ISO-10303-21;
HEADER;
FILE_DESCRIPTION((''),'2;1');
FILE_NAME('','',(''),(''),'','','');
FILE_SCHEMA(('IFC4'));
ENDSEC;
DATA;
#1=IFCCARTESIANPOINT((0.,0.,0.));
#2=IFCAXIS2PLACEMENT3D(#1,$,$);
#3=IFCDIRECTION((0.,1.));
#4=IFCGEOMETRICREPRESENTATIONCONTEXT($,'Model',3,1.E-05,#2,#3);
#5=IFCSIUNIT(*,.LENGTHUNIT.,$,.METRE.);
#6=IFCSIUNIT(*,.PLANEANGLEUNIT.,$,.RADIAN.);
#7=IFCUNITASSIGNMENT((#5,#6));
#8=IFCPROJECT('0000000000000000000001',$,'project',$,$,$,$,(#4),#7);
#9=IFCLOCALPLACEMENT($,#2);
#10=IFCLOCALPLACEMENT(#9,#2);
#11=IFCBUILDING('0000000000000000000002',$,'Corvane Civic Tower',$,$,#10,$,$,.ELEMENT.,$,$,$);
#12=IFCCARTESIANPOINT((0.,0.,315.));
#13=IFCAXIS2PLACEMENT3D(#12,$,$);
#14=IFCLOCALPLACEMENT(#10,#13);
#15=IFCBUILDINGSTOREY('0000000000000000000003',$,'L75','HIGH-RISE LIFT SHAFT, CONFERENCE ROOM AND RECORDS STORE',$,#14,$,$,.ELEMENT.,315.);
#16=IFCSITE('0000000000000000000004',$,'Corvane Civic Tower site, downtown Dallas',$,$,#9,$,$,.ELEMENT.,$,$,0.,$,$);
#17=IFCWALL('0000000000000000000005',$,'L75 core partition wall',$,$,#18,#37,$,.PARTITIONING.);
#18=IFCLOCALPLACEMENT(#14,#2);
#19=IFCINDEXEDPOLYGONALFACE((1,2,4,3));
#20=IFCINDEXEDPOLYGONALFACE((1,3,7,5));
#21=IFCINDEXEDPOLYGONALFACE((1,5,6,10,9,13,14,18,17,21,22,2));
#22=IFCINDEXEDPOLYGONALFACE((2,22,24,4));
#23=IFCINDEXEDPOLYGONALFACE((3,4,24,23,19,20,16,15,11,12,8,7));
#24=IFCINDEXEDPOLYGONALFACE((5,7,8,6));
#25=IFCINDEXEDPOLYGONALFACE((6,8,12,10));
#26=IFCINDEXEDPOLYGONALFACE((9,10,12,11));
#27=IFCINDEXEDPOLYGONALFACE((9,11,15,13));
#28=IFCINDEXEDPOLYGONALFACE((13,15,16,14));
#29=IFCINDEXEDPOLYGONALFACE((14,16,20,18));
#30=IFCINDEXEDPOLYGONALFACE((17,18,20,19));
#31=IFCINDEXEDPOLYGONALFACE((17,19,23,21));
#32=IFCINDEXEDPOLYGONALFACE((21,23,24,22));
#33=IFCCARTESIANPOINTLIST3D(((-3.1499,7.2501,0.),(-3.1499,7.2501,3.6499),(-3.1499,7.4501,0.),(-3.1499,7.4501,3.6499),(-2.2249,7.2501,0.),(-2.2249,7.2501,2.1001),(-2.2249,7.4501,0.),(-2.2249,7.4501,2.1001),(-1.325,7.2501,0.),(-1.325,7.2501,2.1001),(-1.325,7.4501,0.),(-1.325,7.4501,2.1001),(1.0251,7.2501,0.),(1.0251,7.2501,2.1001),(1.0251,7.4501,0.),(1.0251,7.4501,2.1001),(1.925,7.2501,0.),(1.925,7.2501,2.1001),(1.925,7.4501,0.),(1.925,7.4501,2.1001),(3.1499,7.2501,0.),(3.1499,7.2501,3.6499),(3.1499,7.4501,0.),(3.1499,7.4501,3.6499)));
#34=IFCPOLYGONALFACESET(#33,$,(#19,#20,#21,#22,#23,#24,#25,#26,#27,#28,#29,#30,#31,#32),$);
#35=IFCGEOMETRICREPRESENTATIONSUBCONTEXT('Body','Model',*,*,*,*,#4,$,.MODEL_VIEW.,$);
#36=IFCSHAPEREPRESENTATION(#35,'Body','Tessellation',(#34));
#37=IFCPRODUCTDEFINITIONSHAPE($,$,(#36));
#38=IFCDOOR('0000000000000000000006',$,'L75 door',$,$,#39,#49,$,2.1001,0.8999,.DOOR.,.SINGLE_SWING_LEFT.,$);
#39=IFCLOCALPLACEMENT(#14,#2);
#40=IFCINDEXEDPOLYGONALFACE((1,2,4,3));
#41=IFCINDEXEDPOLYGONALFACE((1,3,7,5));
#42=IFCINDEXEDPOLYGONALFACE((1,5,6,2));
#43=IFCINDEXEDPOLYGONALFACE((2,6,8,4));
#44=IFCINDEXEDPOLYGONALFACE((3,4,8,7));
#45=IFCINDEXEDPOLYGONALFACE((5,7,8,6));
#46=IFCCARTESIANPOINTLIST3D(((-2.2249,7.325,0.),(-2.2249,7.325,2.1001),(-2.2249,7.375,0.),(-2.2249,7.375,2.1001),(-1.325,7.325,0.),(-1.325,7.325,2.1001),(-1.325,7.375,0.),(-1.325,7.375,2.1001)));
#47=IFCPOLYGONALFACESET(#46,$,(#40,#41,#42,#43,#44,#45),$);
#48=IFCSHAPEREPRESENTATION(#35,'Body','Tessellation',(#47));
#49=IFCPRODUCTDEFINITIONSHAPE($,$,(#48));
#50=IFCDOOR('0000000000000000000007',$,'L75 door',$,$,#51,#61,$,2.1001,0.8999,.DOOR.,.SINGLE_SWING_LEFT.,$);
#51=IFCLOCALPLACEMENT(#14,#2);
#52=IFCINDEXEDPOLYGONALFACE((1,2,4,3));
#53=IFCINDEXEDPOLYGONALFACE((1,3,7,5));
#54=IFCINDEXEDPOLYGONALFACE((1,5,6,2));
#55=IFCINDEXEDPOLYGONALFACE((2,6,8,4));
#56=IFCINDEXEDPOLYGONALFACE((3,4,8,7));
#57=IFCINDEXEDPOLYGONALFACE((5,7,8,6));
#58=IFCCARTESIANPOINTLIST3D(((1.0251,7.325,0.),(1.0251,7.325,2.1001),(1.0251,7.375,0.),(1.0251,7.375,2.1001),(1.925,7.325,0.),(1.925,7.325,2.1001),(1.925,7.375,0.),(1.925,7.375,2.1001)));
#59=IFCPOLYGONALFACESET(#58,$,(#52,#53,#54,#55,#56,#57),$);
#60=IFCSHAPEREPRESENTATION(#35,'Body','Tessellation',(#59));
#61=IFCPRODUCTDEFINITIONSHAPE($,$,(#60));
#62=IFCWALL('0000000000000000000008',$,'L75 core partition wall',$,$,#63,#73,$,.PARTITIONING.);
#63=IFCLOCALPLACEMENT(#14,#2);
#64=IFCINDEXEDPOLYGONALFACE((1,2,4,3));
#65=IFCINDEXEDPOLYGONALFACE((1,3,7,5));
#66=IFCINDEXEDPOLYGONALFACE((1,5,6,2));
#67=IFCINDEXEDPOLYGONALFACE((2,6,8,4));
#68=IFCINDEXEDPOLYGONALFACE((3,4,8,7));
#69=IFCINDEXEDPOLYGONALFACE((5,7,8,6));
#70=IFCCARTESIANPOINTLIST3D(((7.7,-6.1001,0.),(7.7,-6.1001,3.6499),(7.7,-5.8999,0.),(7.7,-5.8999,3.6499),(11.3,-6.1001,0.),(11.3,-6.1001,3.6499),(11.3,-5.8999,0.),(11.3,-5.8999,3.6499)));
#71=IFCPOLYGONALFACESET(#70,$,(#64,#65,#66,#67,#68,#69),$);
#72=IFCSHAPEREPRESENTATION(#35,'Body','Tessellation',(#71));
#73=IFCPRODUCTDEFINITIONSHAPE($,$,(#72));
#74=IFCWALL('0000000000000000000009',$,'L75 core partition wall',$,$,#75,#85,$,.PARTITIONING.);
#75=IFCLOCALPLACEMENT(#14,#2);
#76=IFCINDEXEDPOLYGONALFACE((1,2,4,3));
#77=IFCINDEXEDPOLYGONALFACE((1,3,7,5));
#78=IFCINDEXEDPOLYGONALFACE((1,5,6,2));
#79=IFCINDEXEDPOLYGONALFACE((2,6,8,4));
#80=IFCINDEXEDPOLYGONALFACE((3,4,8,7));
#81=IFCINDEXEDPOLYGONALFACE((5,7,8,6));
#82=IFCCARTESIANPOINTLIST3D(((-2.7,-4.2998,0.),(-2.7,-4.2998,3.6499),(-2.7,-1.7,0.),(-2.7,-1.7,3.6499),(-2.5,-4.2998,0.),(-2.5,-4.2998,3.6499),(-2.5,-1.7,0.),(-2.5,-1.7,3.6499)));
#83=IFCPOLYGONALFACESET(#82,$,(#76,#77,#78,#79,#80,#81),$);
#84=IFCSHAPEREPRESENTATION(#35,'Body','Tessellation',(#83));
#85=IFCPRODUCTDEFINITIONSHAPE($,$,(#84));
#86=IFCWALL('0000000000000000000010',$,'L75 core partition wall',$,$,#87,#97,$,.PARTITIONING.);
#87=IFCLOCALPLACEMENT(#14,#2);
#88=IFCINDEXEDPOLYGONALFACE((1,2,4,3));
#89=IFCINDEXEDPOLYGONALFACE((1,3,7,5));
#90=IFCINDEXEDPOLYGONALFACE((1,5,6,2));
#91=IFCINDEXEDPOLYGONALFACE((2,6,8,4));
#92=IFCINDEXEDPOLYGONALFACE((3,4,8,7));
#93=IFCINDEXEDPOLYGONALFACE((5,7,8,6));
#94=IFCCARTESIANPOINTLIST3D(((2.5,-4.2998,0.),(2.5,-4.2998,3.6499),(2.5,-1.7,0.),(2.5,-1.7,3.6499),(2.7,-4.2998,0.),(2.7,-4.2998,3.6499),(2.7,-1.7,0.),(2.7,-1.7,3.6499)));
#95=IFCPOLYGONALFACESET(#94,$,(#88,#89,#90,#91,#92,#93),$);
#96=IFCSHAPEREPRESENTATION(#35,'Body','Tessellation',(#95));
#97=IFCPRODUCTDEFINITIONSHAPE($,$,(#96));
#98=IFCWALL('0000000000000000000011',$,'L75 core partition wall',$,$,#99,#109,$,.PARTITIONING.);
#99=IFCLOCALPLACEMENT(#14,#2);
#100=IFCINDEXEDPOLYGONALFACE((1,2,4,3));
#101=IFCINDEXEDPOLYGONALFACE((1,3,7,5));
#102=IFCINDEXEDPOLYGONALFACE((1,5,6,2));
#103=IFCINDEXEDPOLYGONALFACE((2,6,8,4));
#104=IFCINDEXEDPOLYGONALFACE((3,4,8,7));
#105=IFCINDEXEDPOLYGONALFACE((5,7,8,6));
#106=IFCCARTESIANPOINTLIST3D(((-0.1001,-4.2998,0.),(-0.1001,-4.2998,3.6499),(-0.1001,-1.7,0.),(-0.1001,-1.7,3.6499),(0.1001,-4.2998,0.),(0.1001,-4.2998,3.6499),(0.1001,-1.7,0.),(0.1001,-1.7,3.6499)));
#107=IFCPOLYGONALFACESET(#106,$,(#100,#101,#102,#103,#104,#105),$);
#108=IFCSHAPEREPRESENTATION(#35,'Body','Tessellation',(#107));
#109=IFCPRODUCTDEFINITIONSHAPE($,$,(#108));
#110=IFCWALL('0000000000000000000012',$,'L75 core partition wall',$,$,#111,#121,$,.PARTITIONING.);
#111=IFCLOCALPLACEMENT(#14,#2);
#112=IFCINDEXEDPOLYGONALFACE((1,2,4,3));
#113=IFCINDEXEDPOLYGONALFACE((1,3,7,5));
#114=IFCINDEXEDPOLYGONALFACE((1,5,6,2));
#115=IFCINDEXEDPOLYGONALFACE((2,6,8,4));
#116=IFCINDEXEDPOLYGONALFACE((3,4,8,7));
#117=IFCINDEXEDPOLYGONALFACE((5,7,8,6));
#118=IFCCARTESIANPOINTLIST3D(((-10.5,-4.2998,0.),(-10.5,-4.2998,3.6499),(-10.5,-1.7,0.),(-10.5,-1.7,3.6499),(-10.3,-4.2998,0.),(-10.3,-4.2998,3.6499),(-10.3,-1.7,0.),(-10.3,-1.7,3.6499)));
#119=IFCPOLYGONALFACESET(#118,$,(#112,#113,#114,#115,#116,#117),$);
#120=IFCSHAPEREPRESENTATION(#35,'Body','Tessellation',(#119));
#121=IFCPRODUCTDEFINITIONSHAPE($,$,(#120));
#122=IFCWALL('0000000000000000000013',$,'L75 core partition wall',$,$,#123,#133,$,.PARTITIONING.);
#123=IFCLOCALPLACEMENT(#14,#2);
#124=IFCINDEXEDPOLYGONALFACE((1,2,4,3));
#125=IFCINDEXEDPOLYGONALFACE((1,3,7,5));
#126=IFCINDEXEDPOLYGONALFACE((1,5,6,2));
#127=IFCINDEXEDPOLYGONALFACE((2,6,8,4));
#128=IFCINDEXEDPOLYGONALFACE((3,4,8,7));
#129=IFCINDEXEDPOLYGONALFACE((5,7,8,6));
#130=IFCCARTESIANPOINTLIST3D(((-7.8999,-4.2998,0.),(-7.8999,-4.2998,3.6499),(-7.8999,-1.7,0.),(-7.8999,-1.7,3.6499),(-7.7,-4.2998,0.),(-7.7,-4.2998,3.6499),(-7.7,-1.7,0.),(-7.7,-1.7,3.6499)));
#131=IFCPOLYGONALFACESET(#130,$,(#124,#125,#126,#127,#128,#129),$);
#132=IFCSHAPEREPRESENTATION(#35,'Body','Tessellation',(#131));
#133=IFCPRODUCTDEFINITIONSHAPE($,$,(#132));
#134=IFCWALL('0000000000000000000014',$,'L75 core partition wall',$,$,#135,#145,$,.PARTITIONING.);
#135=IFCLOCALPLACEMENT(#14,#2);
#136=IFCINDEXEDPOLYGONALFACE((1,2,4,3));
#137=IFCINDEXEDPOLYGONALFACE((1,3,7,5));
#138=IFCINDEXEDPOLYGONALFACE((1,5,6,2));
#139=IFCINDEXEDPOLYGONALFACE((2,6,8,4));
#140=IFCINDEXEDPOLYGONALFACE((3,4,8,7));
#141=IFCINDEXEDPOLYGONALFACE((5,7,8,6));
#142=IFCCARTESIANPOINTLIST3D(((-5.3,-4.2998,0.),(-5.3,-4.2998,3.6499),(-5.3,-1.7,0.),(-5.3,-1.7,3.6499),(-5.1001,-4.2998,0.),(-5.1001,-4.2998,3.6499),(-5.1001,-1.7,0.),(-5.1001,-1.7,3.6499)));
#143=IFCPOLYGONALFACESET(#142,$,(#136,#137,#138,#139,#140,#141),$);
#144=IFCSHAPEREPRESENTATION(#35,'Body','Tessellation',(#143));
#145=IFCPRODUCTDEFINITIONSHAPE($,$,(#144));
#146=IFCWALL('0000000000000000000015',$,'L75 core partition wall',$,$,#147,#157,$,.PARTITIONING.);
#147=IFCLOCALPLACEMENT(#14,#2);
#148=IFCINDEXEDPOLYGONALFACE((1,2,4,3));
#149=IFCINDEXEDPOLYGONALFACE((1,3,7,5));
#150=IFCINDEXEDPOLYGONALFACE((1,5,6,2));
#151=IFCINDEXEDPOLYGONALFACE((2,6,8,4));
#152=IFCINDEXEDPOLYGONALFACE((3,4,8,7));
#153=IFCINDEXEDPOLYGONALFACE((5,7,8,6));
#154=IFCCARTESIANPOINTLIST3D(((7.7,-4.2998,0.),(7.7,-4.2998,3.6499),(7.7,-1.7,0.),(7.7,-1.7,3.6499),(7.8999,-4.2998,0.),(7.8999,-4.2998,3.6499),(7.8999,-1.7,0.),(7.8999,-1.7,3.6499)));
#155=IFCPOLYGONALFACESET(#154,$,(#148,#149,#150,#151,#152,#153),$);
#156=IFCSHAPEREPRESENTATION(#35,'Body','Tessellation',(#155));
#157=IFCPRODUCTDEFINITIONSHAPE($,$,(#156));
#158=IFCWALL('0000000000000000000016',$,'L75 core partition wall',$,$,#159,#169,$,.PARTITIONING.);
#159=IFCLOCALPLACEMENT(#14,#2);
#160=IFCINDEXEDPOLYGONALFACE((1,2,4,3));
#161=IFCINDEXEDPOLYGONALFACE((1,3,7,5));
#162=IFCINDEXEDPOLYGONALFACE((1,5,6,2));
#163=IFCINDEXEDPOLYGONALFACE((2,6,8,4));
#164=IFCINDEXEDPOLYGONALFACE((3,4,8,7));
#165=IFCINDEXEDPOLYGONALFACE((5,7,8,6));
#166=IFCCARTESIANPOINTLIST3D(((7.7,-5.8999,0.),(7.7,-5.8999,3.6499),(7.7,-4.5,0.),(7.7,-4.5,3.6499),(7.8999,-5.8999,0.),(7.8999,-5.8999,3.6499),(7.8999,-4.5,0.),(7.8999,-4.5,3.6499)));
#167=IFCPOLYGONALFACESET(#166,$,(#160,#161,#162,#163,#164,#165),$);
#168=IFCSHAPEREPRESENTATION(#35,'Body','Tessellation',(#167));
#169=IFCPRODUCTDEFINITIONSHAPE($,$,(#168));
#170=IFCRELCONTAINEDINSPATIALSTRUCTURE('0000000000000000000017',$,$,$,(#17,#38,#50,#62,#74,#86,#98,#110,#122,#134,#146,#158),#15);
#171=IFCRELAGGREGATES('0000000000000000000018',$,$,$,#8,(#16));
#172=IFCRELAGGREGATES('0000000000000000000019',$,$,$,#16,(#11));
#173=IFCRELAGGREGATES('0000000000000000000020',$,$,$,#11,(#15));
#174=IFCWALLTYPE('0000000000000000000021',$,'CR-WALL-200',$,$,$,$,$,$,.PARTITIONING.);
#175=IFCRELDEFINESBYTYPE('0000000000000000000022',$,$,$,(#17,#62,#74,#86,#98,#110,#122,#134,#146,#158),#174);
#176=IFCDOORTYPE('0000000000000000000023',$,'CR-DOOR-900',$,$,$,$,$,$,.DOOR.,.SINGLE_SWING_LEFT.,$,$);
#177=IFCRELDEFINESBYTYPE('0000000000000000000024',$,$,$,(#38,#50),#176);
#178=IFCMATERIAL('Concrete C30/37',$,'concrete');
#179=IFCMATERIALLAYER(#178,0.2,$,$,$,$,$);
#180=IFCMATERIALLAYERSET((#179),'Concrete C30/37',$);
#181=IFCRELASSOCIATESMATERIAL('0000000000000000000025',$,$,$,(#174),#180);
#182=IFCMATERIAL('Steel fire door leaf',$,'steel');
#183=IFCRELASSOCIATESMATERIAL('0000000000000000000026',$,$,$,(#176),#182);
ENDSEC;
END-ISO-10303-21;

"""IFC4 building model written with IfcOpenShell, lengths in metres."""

from ifc_helpers import new_model, si_unit, direction, frame, frame_2d, origin, place, context, subcontext, project, spatial, polyline, rectangle, outline, extrude, material, layer, layer_set, type_object, element, fill, save


model = new_model("IFC4")

# Units and contexts
model_context = context("Model", 3, precision=1e-05, world=origin(), true_north=direction((0.0, 1.0)))
body_context = subcontext(model_context, "Body", "Model", "MODEL_VIEW")
ifc_project = project(units=[si_unit("LENGTHUNIT", "METRE"), si_unit("PLANEANGLEUNIT", "RADIAN")], contexts=[model_context])

# Site, building, storey
site_placement = place(None, origin())
site = spatial("IfcSite", under=ifc_project, at=site_placement, Name="Corvane Civic Tower site, downtown Dallas", CompositionType="ELEMENT", RefElevation=0.0)
building_placement = place(site_placement, origin())
building = spatial("IfcBuilding", under=site, at=building_placement, Name="Corvane Civic Tower", CompositionType="ELEMENT")
storey_placement = place(building_placement, frame((0.0, 0.0, 315.0)))
storey = spatial("IfcBuildingStorey", under=building, at=storey_placement, Name="L75", Description="HIGH-RISE LIFT SHAFT, CONFERENCE ROOM AND RECORDS STORE", CompositionType="ELEMENT", Elevation=315.0)

# Wall, openings, doors
ifc_material_1 = material(Name="Concrete C30/37", Category="concrete")
ifc_layer_1 = layer(ifc_material_1, 0.2)
ifc_layer_set_1 = layer_set([ifc_layer_1], Name="Concrete C30/37")
wall_type_1 = type_object("IfcWallType", Name="CR-WALL-200", PredefinedType="PARTITIONING", material=ifc_layer_set_1)
ifc_material_2 = material(Name="Steel fire door leaf", Category="steel")
door_type_1 = type_object("IfcDoorType", Name="CR-DOOR-900", OperationType="SINGLE_SWING_LEFT", PredefinedType="DOOR", material=ifc_material_2)
wall_1_placement = place(storey_placement, frame((-3.1499, 7.3501, 0.0), z_axis=(0.0, 0.0, 1.0), x_axis=(1.0, 0.0, 0.0)))
wall_1 = element("IfcWall", 1, at=wall_1_placement, inside=storey, type_object=wall_type_1, Name="L75 core partition wall", PredefinedType="PARTITIONING", context=body_context, shape_type="SweptSolid", body=[
    extrude(rectangle(XDim=6.2998, YDim=0.2, at=frame_2d((3.1499, 0.0))), origin(), (0.0, 0.0, 1.0), 3.6499),
])
opening_1_placement = place(wall_1_placement, frame((0.925, 0.0, 0.0)))
opening_1 = element("IfcOpeningElement", 2, at=opening_1_placement, cuts=wall_1, PredefinedType="OPENING", context=body_context, shape_type="SweptSolid", body=[
    extrude(rectangle(XDim=0.8999, YDim=2.1001, at=frame_2d((0.45, 1.05))), frame((0.0, 0.1099, 0.0), z_axis=(0.0, -1.0, 0.0), x_axis=(1.0, 0.0, 0.0)), (0.0, 0.0, 1.0), 0.22),
])
opening_2_placement = place(wall_1_placement, frame((4.175, 0.0, 0.0)))
opening_2 = element("IfcOpeningElement", 3, at=opening_2_placement, cuts=wall_1, PredefinedType="OPENING", context=body_context, shape_type="SweptSolid", body=[
    extrude(rectangle(XDim=0.8999, YDim=2.1001, at=frame_2d((0.45, 1.05))), frame((0.0, 0.1099, 0.0), z_axis=(0.0, -1.0, 0.0), x_axis=(1.0, 0.0, 0.0)), (0.0, 0.0, 1.0), 0.22),
])
door_1_placement = place(opening_1_placement, origin())
door_1 = element("IfcDoor", 4, at=door_1_placement, inside=storey, type_object=door_type_1, Name="L75 door", OperationType="SINGLE_SWING_LEFT", OverallHeight=2.1001, OverallWidth=0.8999, PredefinedType="DOOR", context=body_context, shape_type="SweptSolid", body=[
    extrude(rectangle(XDim=0.8999, YDim=2.1001, at=frame_2d((0.45, 1.05))), frame((0.0, 0.0249, 0.0), z_axis=(0.0, -1.0, 0.0), x_axis=(1.0, 0.0, 0.0)), (0.0, 0.0, 1.0), 0.05),
])
fill(opening_1, door_1)
door_2_placement = place(opening_2_placement, origin())
door_2 = element("IfcDoor", 5, at=door_2_placement, inside=storey, type_object=door_type_1, Name="L75 door", OperationType="SINGLE_SWING_LEFT", OverallHeight=2.1001, OverallWidth=0.8999, PredefinedType="DOOR", context=body_context, shape_type="SweptSolid", body=[
    extrude(rectangle(XDim=0.8999, YDim=2.1001, at=frame_2d((0.45, 1.05))), frame((0.0, 0.0249, 0.0), z_axis=(0.0, -1.0, 0.0), x_axis=(1.0, 0.0, 0.0)), (0.0, 0.0, 1.0), 0.05),
])
fill(opening_2, door_2)

# Walls
wall_2_placement = place(storey_placement, origin())
element("IfcWall", 6, at=wall_2_placement, inside=storey, type_object=wall_type_1, Name="L75 core partition wall", PredefinedType="PARTITIONING", context=body_context, shape_type="SweptSolid", body=[
    extrude(outline(polyline([(11.3, -6.1001), (7.7, -6.1001), (7.7, -5.8999), (11.3, -5.8999), (11.3, -6.1001)])), origin(), (0.0, 0.0, 1.0), 3.6499),
])
wall_3_placement = place(storey_placement, origin())
element("IfcWall", 7, at=wall_3_placement, inside=storey, type_object=wall_type_1, Name="L75 core partition wall", PredefinedType="PARTITIONING", context=body_context, shape_type="SweptSolid", body=[
    extrude(outline(polyline([(-2.5, -1.7), (-2.5, -4.2998), (-2.7, -4.2998), (-2.7, -1.7), (-2.5, -1.7)])), origin(), (0.0, 0.0, 1.0), 3.6499),
])
wall_4_placement = place(storey_placement, origin())
element("IfcWall", 8, at=wall_4_placement, inside=storey, type_object=wall_type_1, Name="L75 core partition wall", PredefinedType="PARTITIONING", context=body_context, shape_type="SweptSolid", body=[
    extrude(outline(polyline([(2.7, -1.7), (2.7, -4.2998), (2.5, -4.2998), (2.5, -1.7), (2.7, -1.7)])), origin(), (0.0, 0.0, 1.0), 3.6499),
])
wall_5_placement = place(storey_placement, origin())
element("IfcWall", 9, at=wall_5_placement, inside=storey, type_object=wall_type_1, Name="L75 core partition wall", PredefinedType="PARTITIONING", context=body_context, shape_type="SweptSolid", body=[
    extrude(outline(polyline([(0.1001, -1.7), (0.1001, -4.2998), (-0.1001, -4.2998), (-0.1001, -1.7), (0.1001, -1.7)])), origin(), (0.0, 0.0, 1.0), 3.6499),
])
wall_6_placement = place(storey_placement, origin())
element("IfcWall", 10, at=wall_6_placement, inside=storey, type_object=wall_type_1, Name="L75 core partition wall", PredefinedType="PARTITIONING", context=body_context, shape_type="SweptSolid", body=[
    extrude(outline(polyline([(-10.3, -1.7), (-10.3, -4.2998), (-10.5, -4.2998), (-10.5, -1.7), (-10.3, -1.7)])), origin(), (0.0, 0.0, 1.0), 3.6499),
])
wall_7_placement = place(storey_placement, origin())
element("IfcWall", 11, at=wall_7_placement, inside=storey, type_object=wall_type_1, Name="L75 core partition wall", PredefinedType="PARTITIONING", context=body_context, shape_type="SweptSolid", body=[
    extrude(outline(polyline([(-7.7, -1.7), (-7.7, -4.2998), (-7.8999, -4.2998), (-7.8999, -1.7), (-7.7, -1.7)])), origin(), (0.0, 0.0, 1.0), 3.6499),
])
wall_8_placement = place(storey_placement, origin())
element("IfcWall", 12, at=wall_8_placement, inside=storey, type_object=wall_type_1, Name="L75 core partition wall", PredefinedType="PARTITIONING", context=body_context, shape_type="SweptSolid", body=[
    extrude(outline(polyline([(-5.1001, -1.7), (-5.1001, -4.2998), (-5.3, -4.2998), (-5.3, -1.7), (-5.1001, -1.7)])), origin(), (0.0, 0.0, 1.0), 3.6499),
])
wall_9_placement = place(storey_placement, origin())
element("IfcWall", 13, at=wall_9_placement, inside=storey, type_object=wall_type_1, Name="L75 core partition wall", PredefinedType="PARTITIONING", context=body_context, shape_type="SweptSolid", body=[
    extrude(outline(polyline([(7.8999, -1.7), (7.8999, -4.2998), (7.7, -4.2998), (7.7, -1.7), (7.8999, -1.7)])), origin(), (0.0, 0.0, 1.0), 3.6499),
])
wall_10_placement = place(storey_placement, origin())
element("IfcWall", 14, at=wall_10_placement, inside=storey, type_object=wall_type_1, Name="L75 core partition wall", PredefinedType="PARTITIONING", context=body_context, shape_type="SweptSolid", body=[
    extrude(outline(polyline([(7.8999, -5.8999), (7.7, -5.8999), (7.7, -4.5), (7.8999, -4.5), (7.8999, -5.8999)])), origin(), (0.0, 0.0, 1.0), 3.6499),
])

save(model, "model.ifc")
